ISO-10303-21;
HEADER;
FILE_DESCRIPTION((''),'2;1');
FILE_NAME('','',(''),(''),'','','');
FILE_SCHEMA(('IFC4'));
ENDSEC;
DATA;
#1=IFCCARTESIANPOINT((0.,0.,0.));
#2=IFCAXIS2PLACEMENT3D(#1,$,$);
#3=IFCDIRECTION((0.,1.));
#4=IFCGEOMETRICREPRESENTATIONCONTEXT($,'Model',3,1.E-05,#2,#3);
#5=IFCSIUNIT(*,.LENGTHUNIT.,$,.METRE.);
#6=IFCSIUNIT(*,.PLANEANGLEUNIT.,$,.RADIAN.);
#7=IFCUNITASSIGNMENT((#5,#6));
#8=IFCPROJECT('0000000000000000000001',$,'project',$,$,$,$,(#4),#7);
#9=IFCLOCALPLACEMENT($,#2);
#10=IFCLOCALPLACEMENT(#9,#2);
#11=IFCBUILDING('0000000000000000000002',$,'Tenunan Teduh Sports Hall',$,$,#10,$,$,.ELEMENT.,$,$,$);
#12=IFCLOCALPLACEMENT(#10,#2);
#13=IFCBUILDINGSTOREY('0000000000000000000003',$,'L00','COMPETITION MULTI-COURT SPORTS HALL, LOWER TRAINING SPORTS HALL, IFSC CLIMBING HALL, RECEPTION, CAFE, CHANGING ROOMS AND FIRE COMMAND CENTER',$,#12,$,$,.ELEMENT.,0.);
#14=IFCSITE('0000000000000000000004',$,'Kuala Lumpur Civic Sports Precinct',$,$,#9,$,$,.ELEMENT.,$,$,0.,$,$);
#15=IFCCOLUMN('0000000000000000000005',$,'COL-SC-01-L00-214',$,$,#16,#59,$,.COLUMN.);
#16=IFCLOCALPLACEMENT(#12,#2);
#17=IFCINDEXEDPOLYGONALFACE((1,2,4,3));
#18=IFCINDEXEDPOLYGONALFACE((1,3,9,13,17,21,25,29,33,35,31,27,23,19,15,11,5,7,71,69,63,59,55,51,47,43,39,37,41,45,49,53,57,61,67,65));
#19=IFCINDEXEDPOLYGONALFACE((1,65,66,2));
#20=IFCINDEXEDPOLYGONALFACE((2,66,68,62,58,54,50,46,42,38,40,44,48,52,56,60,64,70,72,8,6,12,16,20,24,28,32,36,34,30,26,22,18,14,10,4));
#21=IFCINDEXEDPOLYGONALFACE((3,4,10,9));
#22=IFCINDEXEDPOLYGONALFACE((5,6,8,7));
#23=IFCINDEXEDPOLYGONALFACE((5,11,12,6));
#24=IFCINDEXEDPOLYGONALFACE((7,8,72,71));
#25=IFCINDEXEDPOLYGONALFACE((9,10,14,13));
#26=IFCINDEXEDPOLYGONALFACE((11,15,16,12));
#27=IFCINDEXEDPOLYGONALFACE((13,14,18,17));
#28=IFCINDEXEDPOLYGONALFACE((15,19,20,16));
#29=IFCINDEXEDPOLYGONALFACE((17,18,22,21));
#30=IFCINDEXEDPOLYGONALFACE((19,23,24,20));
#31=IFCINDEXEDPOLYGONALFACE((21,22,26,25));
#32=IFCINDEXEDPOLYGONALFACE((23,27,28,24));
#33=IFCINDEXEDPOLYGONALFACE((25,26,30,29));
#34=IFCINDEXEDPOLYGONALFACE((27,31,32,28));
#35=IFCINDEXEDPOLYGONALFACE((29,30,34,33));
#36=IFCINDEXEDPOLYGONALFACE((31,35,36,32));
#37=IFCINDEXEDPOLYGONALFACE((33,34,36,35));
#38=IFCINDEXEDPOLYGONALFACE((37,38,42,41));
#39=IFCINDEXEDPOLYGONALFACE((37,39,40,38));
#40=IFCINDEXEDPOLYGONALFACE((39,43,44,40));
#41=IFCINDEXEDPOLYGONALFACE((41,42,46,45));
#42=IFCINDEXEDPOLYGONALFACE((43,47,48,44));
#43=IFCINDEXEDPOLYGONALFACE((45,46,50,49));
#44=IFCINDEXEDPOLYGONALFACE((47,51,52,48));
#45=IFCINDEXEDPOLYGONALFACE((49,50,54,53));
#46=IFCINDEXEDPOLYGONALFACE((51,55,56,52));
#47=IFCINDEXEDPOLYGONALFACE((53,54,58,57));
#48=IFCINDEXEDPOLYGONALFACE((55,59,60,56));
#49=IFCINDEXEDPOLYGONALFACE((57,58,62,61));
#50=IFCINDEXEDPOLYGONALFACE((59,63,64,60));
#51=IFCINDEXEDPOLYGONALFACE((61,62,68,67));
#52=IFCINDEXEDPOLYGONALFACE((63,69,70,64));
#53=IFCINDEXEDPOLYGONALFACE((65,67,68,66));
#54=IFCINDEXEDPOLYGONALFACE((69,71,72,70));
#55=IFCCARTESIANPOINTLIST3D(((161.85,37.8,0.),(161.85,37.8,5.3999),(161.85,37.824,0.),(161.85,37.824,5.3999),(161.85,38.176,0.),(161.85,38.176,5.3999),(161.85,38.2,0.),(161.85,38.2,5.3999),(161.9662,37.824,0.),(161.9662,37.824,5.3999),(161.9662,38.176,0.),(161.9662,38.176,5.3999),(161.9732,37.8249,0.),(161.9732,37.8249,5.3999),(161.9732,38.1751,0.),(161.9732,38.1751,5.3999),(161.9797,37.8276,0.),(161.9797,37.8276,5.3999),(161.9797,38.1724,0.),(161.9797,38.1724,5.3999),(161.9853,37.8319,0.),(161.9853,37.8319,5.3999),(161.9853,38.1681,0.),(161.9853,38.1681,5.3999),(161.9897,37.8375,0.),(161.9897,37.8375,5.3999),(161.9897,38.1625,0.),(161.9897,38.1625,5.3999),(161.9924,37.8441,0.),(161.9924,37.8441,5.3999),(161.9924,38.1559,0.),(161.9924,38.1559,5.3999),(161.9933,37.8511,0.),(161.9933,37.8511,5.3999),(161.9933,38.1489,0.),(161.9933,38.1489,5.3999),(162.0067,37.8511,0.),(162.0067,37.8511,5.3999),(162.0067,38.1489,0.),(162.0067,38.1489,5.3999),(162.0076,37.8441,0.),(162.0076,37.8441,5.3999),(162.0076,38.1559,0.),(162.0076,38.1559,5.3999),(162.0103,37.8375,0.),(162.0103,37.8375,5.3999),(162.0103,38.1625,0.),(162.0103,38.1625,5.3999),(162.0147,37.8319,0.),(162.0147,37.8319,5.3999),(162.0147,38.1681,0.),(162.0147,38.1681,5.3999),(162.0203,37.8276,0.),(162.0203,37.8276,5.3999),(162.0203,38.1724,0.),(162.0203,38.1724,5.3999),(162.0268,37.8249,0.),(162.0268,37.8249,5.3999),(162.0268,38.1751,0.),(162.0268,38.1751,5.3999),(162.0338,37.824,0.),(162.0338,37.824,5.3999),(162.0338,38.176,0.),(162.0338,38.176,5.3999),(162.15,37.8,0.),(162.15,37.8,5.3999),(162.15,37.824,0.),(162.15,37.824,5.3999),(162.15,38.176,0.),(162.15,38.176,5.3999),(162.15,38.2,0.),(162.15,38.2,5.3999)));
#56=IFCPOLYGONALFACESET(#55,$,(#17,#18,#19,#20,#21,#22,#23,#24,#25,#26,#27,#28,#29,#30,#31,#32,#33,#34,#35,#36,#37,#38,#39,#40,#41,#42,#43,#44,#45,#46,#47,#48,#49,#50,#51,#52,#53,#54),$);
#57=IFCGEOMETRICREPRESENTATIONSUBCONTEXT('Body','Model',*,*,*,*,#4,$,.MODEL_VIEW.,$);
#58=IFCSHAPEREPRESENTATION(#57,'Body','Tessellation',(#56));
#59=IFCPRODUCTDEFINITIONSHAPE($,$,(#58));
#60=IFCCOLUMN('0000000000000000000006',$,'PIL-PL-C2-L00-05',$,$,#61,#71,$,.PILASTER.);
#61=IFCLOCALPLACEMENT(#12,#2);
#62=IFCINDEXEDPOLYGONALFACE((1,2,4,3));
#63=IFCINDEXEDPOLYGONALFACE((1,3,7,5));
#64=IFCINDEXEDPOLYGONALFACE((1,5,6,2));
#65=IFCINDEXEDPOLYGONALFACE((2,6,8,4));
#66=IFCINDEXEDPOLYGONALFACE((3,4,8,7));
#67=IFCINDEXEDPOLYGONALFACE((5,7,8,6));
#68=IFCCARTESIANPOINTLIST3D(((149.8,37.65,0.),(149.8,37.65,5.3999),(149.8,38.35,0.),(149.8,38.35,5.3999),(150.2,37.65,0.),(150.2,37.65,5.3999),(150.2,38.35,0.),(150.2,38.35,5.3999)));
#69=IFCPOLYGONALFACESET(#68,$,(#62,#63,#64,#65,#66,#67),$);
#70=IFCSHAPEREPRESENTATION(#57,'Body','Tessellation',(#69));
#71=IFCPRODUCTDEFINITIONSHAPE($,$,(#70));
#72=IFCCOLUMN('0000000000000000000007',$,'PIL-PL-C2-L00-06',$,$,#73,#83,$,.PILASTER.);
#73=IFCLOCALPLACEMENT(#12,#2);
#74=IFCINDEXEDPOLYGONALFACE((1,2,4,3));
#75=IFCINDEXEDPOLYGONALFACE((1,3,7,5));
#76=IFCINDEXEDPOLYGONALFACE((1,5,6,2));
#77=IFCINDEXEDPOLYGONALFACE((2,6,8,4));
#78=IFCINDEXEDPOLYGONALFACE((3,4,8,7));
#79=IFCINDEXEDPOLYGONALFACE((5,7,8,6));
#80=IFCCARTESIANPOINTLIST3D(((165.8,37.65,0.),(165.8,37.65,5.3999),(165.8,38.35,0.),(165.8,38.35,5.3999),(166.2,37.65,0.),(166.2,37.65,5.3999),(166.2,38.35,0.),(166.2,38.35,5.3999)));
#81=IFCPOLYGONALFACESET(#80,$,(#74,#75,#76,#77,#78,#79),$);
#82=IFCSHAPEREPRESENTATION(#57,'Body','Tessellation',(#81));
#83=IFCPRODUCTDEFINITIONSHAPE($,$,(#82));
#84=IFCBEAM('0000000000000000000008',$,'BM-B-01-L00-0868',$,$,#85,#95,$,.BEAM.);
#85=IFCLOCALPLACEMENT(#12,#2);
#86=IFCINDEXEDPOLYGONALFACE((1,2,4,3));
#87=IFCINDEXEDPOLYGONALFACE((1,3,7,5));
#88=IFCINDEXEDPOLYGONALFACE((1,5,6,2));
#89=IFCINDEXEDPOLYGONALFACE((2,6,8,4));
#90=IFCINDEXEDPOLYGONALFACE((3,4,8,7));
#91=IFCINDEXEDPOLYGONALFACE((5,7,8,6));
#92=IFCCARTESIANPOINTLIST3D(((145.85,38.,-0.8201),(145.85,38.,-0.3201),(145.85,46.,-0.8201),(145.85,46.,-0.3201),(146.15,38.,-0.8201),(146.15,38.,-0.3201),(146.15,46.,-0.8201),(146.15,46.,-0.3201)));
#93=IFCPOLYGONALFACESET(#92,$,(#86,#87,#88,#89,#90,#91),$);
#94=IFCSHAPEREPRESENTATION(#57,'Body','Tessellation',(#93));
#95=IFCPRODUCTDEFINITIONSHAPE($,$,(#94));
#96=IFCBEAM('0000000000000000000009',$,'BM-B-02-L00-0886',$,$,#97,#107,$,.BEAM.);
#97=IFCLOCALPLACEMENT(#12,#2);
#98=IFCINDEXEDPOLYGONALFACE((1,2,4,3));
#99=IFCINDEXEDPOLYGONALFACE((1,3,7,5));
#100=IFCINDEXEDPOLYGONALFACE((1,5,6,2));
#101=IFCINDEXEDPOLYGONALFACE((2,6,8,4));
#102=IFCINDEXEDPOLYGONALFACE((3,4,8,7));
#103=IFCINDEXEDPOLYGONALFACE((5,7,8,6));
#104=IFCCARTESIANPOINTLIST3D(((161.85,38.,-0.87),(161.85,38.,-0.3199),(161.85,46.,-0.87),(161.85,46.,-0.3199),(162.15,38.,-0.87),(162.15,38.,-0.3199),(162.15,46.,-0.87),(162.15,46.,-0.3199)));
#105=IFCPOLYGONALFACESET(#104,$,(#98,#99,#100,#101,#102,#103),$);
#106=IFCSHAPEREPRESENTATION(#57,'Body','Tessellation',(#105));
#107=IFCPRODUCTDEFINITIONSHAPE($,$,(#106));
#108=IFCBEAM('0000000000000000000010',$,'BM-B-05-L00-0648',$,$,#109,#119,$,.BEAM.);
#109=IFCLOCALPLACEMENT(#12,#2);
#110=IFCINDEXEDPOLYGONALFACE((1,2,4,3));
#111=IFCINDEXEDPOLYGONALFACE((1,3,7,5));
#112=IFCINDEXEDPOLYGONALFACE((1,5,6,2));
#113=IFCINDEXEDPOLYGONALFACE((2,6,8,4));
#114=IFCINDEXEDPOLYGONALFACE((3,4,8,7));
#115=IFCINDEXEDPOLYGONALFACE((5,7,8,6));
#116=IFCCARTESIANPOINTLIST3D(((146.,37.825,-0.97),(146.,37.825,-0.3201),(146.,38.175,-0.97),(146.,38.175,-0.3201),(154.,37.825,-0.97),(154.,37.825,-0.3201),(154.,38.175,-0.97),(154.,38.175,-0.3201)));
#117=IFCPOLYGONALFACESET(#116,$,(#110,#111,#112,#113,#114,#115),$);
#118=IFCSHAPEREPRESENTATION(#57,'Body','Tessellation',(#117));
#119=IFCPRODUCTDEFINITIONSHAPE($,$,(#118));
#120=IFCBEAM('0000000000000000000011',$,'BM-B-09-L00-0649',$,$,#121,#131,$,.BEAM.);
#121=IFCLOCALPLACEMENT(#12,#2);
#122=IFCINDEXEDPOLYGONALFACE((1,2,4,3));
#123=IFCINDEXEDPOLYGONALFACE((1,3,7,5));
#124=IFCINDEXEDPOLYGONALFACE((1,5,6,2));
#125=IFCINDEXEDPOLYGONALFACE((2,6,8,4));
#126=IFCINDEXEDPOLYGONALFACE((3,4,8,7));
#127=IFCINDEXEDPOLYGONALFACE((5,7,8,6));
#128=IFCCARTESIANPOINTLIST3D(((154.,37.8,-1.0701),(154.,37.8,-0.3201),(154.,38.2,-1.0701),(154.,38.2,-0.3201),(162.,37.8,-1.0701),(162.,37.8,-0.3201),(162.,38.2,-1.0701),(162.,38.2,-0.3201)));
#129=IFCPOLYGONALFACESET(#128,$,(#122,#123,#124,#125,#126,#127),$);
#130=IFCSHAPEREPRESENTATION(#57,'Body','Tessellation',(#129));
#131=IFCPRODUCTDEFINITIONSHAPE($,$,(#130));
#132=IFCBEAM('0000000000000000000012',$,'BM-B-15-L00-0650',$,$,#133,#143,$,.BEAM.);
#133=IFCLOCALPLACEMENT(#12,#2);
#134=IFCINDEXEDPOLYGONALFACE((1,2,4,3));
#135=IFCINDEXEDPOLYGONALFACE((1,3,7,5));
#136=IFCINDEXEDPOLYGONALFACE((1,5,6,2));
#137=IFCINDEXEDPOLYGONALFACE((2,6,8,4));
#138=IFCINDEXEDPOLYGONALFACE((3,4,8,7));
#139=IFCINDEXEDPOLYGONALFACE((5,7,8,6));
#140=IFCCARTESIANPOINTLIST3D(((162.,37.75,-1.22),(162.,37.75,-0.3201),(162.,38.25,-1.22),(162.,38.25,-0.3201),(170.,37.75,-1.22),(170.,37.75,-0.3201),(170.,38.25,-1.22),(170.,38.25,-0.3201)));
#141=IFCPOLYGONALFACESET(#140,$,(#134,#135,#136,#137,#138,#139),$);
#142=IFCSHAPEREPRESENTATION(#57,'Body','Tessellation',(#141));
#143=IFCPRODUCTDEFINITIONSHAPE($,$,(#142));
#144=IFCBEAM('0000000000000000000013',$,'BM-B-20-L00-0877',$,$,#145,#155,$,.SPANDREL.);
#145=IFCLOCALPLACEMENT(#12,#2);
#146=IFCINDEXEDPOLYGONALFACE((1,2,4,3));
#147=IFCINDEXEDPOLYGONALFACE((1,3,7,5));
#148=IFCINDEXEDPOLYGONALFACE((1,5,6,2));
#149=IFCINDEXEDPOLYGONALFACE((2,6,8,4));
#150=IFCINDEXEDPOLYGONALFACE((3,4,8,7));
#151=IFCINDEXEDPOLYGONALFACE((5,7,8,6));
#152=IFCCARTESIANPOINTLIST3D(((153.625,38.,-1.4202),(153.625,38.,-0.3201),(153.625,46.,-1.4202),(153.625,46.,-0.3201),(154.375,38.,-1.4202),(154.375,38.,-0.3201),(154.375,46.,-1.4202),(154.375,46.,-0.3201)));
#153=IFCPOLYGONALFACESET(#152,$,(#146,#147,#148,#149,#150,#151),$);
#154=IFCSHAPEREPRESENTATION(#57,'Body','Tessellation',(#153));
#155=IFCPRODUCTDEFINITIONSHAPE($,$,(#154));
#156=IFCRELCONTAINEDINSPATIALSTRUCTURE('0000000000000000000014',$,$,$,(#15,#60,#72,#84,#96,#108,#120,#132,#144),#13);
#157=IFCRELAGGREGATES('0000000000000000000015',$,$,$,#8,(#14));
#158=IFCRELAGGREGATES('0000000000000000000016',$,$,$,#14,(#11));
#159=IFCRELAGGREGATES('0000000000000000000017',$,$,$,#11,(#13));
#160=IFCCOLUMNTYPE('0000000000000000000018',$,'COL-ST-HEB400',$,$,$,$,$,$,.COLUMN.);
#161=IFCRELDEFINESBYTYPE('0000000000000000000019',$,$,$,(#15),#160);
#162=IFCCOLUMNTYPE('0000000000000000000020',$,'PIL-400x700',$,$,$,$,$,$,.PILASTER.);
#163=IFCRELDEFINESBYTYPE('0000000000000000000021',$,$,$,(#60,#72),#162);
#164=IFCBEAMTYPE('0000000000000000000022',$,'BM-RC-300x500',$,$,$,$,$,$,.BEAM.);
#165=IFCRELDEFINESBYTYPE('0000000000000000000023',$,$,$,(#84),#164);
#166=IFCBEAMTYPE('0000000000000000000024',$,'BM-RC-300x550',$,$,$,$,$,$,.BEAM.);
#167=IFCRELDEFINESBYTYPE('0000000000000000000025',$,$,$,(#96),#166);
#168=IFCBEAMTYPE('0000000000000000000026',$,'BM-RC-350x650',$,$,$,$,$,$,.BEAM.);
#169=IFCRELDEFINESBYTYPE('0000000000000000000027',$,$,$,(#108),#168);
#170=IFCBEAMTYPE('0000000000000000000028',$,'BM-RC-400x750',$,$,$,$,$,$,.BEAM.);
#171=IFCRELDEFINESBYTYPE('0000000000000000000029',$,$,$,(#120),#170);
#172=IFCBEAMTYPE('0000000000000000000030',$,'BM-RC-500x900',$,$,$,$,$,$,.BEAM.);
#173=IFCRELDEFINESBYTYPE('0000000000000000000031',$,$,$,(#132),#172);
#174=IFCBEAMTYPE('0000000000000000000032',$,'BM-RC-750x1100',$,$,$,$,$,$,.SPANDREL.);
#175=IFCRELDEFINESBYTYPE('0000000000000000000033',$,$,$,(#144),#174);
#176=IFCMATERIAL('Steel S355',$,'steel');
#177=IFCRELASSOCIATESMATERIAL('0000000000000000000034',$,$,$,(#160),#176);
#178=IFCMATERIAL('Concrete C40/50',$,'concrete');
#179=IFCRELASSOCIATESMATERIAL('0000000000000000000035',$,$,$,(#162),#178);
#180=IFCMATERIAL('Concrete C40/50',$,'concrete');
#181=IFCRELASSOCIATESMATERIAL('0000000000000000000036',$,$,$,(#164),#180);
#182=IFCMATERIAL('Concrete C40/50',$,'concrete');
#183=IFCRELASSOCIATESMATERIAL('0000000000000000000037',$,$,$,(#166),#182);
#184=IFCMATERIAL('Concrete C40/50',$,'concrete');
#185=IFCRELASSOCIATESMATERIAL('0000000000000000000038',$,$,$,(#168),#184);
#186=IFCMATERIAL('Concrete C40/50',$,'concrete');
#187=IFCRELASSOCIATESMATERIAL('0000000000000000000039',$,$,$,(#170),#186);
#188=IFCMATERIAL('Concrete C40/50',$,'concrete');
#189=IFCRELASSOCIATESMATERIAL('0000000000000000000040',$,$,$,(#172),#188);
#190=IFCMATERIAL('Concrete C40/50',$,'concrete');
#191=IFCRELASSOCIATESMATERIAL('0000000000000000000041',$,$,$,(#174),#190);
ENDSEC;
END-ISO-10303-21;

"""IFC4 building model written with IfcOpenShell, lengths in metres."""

from ifc_helpers import new_model, si_unit, direction, frame, origin, origin_2d, place, context, subcontext, project, spatial, rectangle, i_section, extrude, material, material_profile, profile_set, type_object, element, save


model = new_model("IFC4")

# Units and contexts
model_context = context("Model", 3, precision=1e-05, world=origin(), true_north=direction((0.0, 1.0)))
body_context = subcontext(model_context, "Body", "Model", "MODEL_VIEW")
ifc_project = project(units=[si_unit("LENGTHUNIT", "METRE"), si_unit("PLANEANGLEUNIT", "RADIAN")], contexts=[model_context])

# Site, building, storey
site_placement = place(None, origin())
site = spatial("IfcSite", under=ifc_project, at=site_placement, Name="Kuala Lumpur Civic Sports Precinct", CompositionType="ELEMENT", RefElevation=0.0)
building_placement = place(site_placement, origin())
building = spatial("IfcBuilding", under=site, at=building_placement, Name="Tenunan Teduh Sports Hall", CompositionType="ELEMENT")
storey_placement = place(building_placement, origin())
storey = spatial("IfcBuildingStorey", under=building, at=storey_placement, Name="L00", Description="COMPETITION MULTI-COURT SPORTS HALL, LOWER TRAINING SPORTS HALL, IFSC CLIMBING HALL, RECEPTION, CAFE, CHANGING ROOMS AND FIRE COMMAND CENTER", CompositionType="ELEMENT", Elevation=0.0)

# Columns
ifc_material_1 = material(Name="Steel S355", Category="steel")
ifc_material_profile_1 = material_profile(ifc_material_1, i_section(OverallWidth=0.3, OverallDepth=0.3999, WebThickness=0.0134, FlangeThickness=0.0239, FilletRadius=0.0271, at=origin_2d()), Name="HEB 400")
ifc_profile_set_1 = profile_set([ifc_material_profile_1], Name="Steel S355")
column_type_1 = type_object("IfcColumnType", Name="COL-ST-HEB400", PredefinedType="COLUMN", material=ifc_profile_set_1)
for number, where, z_axis, x_axis, name in (
    (1, (162.0, 38.0, 0.0), (0.0, 0.0, 1.0), (1.0, 0.0, 0.0), "COL-SC-01-L00-214"),
):
    element("IfcColumn", number, at=place(storey_placement, frame(where, z_axis=z_axis, x_axis=x_axis)), inside=storey, type_object=column_type_1, Name=name, PredefinedType="COLUMN", context=body_context, shape_type="SweptSolid", body=[
        extrude(i_section(OverallWidth=0.3, OverallDepth=0.3999, WebThickness=0.0134, FlangeThickness=0.0239, FilletRadius=0.0271, at=origin_2d()), origin(), (0.0, 0.0, 1.0), 5.3999),
    ])
ifc_material_2 = material(Name="Concrete C40/50", Category="concrete")
ifc_material_profile_2 = material_profile(ifc_material_2, rectangle(XDim=0.3999, YDim=0.7, at=origin_2d()), Name="PIL 400x700")
ifc_profile_set_2 = profile_set([ifc_material_profile_2], Name="Concrete C40/50")
column_type_2 = type_object("IfcColumnType", Name="PIL-400x700", PredefinedType="PILASTER", material=ifc_profile_set_2)
for number, where, z_axis, x_axis, name in (
    (2, (150.0, 38.0, 0.0), (0.0, 0.0, 1.0), (1.0, 0.0, 0.0), "PIL-PL-C2-L00-05"),
    (3, (166.0, 38.0, 0.0), (0.0, 0.0, 1.0), (1.0, 0.0, 0.0), "PIL-PL-C2-L00-06"),
):
    element("IfcColumn", number, at=place(storey_placement, frame(where, z_axis=z_axis, x_axis=x_axis)), inside=storey, type_object=column_type_2, Name=name, PredefinedType="PILASTER", context=body_context, shape_type="SweptSolid", body=[
        extrude(rectangle(XDim=0.3999, YDim=0.7, at=origin_2d()), origin(), (0.0, 0.0, 1.0), 5.3999),
    ])

# Beams
ifc_material_3 = material(Name="Concrete C40/50", Category="concrete")
ifc_material_profile_3 = material_profile(ifc_material_3, rectangle(XDim=0.3, YDim=0.5, at=origin_2d()), Name="RCB 300x500")
ifc_profile_set_3 = profile_set([ifc_material_profile_3], Name="Concrete C40/50")
beam_type_1 = type_object("IfcBeamType", Name="BM-RC-300x500", PredefinedType="BEAM", material=ifc_profile_set_3)
beam_1_placement = place(storey_placement, frame((146.0, 38.0, -0.5701), z_axis=(0.0, 1.0, 0.0), x_axis=(-1.0, 0.0, 0.0)))
element("IfcBeam", 4, at=beam_1_placement, inside=storey, type_object=beam_type_1, Name="BM-B-01-L00-0868", PredefinedType="BEAM", context=body_context, shape_type="SweptSolid", body=[
    extrude(rectangle(XDim=0.3, YDim=0.5, at=origin_2d()), origin(), (0.0, 0.0, 1.0), 8.0),
])
ifc_material_4 = material(Name="Concrete C40/50", Category="concrete")
ifc_material_profile_4 = material_profile(ifc_material_4, rectangle(XDim=0.3, YDim=0.55, at=origin_2d()), Name="RCB 300x550")
ifc_profile_set_4 = profile_set([ifc_material_profile_4], Name="Concrete C40/50")
beam_type_2 = type_object("IfcBeamType", Name="BM-RC-300x550", PredefinedType="BEAM", material=ifc_profile_set_4)
beam_2_placement = place(storey_placement, frame((162.0, 38.0, -0.595), z_axis=(0.0, 1.0, 0.0), x_axis=(-1.0, 0.0, 0.0)))
element("IfcBeam", 5, at=beam_2_placement, inside=storey, type_object=beam_type_2, Name="BM-B-02-L00-0886", PredefinedType="BEAM", context=body_context, shape_type="SweptSolid", body=[
    extrude(rectangle(XDim=0.3, YDim=0.55, at=origin_2d()), origin(), (0.0, 0.0, 1.0), 8.0),
])
ifc_material_5 = material(Name="Concrete C40/50", Category="concrete")
ifc_material_profile_5 = material_profile(ifc_material_5, rectangle(XDim=0.3501, YDim=0.6499, at=origin_2d()), Name="RCB 350x650")
ifc_profile_set_5 = profile_set([ifc_material_profile_5], Name="Concrete C40/50")
beam_type_3 = type_object("IfcBeamType", Name="BM-RC-350x650", PredefinedType="BEAM", material=ifc_profile_set_5)
beam_3_placement = place(storey_placement, frame((146.0, 38.0, -0.645), z_axis=(1.0, 0.0, 0.0), x_axis=(0.0, 1.0, 0.0)))
element("IfcBeam", 6, at=beam_3_placement, inside=storey, type_object=beam_type_3, Name="BM-B-05-L00-0648", PredefinedType="BEAM", context=body_context, shape_type="SweptSolid", body=[
    extrude(rectangle(XDim=0.3501, YDim=0.6499, at=origin_2d()), origin(), (0.0, 0.0, 1.0), 8.0),
])
ifc_material_6 = material(Name="Concrete C40/50", Category="concrete")
ifc_material_profile_6 = material_profile(ifc_material_6, rectangle(XDim=0.3999, YDim=0.75, at=origin_2d()), Name="RCB 400x750")
ifc_profile_set_6 = profile_set([ifc_material_profile_6], Name="Concrete C40/50")
beam_type_4 = type_object("IfcBeamType", Name="BM-RC-400x750", PredefinedType="BEAM", material=ifc_profile_set_6)
beam_4_placement = place(storey_placement, frame((154.0, 38.0, -0.6951), z_axis=(1.0, 0.0, 0.0), x_axis=(0.0, 1.0, 0.0)))
element("IfcBeam", 7, at=beam_4_placement, inside=storey, type_object=beam_type_4, Name="BM-B-09-L00-0649", PredefinedType="BEAM", context=body_context, shape_type="SweptSolid", body=[
    extrude(rectangle(XDim=0.3999, YDim=0.75, at=origin_2d()), origin(), (0.0, 0.0, 1.0), 8.0),
])
ifc_material_7 = material(Name="Concrete C40/50", Category="concrete")
ifc_material_profile_7 = material_profile(ifc_material_7, rectangle(XDim=0.5, YDim=0.8999, at=origin_2d()), Name="RCB 500x900")
ifc_profile_set_7 = profile_set([ifc_material_profile_7], Name="Concrete C40/50")
beam_type_5 = type_object("IfcBeamType", Name="BM-RC-500x900", PredefinedType="BEAM", material=ifc_profile_set_7)
beam_5_placement = place(storey_placement, frame((162.0, 38.0, -0.77), z_axis=(1.0, 0.0, 0.0), x_axis=(0.0, 1.0, 0.0)))
element("IfcBeam", 8, at=beam_5_placement, inside=storey, type_object=beam_type_5, Name="BM-B-15-L00-0650", PredefinedType="BEAM", context=body_context, shape_type="SweptSolid", body=[
    extrude(rectangle(XDim=0.5, YDim=0.8999, at=origin_2d()), origin(), (0.0, 0.0, 1.0), 8.0),
])
ifc_material_8 = material(Name="Concrete C40/50", Category="concrete")
ifc_material_profile_8 = material_profile(ifc_material_8, rectangle(XDim=0.75, YDim=1.1001, at=origin_2d()), Name="RCB 750x1100")
ifc_profile_set_8 = profile_set([ifc_material_profile_8], Name="Concrete C40/50")
beam_type_6 = type_object("IfcBeamType", Name="BM-RC-750x1100", PredefinedType="SPANDREL", material=ifc_profile_set_8)
beam_6_placement = place(storey_placement, frame((154.0, 38.0, -0.8701), z_axis=(0.0, 1.0, 0.0), x_axis=(-1.0, 0.0, 0.0)))
element("IfcBeam", 9, at=beam_6_placement, inside=storey, type_object=beam_type_6, Name="BM-B-20-L00-0877", PredefinedType="SPANDREL", context=body_context, shape_type="SweptSolid", body=[
    extrude(rectangle(XDim=0.75, YDim=1.1001, at=origin_2d()), origin(), (0.0, 0.0, 1.0), 8.0),
])

save(model, "model.ifc")
